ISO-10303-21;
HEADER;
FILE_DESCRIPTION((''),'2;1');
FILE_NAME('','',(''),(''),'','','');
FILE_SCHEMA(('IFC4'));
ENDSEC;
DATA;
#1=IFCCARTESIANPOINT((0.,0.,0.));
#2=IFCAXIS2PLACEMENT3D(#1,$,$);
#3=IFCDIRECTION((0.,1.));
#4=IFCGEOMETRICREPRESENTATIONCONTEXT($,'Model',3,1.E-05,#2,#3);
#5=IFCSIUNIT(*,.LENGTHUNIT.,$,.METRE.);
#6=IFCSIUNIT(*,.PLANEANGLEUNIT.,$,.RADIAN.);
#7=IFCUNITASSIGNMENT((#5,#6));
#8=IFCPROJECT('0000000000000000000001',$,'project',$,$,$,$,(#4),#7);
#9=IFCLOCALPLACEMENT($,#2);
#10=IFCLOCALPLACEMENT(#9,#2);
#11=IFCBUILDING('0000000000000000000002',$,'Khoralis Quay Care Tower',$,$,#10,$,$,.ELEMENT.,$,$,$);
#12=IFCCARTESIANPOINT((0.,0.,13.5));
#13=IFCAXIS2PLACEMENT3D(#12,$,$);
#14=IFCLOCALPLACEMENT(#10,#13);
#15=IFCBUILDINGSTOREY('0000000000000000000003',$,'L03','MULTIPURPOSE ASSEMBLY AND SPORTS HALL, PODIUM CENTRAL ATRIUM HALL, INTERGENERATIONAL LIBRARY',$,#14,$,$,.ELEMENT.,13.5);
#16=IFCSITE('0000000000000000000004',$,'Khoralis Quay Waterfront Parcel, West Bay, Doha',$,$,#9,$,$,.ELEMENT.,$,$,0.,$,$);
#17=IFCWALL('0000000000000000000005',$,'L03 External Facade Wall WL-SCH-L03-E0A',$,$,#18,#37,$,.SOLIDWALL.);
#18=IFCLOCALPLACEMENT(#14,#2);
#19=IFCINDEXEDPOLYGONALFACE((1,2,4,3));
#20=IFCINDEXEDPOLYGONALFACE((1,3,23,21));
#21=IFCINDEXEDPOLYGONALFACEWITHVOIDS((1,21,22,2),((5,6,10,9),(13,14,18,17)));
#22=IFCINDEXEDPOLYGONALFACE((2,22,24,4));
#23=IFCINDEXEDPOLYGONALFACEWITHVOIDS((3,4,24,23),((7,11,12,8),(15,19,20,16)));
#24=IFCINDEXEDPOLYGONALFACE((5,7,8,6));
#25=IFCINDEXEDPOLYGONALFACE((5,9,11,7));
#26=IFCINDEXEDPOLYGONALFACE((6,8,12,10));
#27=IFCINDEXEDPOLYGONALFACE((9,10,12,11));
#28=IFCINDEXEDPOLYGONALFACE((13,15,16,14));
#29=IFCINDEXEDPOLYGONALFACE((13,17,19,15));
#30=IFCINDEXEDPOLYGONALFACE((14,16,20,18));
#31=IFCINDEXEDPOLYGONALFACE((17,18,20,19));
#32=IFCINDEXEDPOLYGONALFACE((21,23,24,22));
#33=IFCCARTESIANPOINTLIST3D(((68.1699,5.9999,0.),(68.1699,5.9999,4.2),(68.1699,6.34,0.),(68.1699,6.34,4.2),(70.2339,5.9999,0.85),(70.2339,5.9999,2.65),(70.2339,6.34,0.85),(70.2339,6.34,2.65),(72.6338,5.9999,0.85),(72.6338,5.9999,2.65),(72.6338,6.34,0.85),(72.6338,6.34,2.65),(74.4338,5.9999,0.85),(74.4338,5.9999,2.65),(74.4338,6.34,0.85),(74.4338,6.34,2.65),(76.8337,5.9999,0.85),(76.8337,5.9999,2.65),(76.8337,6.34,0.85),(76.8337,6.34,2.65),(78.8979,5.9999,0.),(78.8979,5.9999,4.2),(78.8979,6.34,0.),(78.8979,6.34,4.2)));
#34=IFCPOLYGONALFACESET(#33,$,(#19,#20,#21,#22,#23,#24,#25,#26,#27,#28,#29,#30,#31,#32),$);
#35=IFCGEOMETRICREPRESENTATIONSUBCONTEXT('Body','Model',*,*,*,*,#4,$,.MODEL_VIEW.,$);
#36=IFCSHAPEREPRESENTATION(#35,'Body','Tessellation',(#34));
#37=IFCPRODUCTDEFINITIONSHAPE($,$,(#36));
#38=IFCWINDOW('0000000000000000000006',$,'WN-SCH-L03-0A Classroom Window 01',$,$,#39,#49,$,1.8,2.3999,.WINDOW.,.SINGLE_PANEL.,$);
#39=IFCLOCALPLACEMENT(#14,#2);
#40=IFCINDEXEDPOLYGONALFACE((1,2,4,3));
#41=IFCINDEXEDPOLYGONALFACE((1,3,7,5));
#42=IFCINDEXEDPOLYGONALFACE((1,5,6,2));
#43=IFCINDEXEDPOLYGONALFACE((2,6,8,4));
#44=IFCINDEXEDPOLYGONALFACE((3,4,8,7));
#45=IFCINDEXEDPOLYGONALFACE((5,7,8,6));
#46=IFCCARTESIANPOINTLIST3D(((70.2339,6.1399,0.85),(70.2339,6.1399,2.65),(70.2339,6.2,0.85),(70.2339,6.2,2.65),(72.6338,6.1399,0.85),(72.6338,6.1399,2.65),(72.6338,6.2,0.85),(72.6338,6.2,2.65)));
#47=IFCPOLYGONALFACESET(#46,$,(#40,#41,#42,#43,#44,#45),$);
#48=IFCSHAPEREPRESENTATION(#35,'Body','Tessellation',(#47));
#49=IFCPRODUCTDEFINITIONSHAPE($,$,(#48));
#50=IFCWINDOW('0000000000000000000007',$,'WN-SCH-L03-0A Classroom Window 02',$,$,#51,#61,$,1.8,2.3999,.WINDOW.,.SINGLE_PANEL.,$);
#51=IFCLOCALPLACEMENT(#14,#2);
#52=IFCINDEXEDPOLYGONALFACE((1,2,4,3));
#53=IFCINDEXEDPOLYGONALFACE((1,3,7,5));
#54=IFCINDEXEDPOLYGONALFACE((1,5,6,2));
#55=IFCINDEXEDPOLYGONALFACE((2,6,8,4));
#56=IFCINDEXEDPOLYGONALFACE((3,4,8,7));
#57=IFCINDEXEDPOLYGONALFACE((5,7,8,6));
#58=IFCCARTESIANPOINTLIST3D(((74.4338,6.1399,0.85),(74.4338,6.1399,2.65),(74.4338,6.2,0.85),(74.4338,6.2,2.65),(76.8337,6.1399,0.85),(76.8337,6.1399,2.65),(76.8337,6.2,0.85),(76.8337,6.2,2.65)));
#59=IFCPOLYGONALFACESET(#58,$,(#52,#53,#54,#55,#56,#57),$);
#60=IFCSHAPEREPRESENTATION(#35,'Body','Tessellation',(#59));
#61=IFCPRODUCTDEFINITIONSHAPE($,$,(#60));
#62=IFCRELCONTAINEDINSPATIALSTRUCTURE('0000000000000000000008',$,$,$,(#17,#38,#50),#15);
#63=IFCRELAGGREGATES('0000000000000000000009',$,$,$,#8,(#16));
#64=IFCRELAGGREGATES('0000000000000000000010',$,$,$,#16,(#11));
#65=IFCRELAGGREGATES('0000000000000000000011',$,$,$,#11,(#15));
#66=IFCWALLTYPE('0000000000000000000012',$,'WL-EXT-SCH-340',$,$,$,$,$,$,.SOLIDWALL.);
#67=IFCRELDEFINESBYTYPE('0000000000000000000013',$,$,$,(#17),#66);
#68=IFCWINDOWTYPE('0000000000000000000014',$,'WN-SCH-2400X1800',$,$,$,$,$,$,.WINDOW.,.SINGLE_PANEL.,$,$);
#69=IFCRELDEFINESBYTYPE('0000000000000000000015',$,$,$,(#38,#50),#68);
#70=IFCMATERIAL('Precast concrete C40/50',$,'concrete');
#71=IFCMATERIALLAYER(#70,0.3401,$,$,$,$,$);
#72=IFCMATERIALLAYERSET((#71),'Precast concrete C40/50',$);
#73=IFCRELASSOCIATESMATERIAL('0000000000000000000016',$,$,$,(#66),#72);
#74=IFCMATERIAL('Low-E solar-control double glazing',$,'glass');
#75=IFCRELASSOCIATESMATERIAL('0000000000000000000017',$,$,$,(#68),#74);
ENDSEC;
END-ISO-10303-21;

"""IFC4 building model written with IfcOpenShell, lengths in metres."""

from ifc_helpers import new_model, si_unit, direction, frame, frame_2d, origin, place, context, subcontext, project, spatial, rectangle, extrude, source, transform, mapped, material, layer, layer_set, type_object, element, fill, save


model = new_model("IFC4")

# Units and contexts
model_context = context("Model", 3, precision=1e-05, world=origin(), true_north=direction((0.0, 1.0)))
body_context = subcontext(model_context, "Body", "Model", "MODEL_VIEW")
ifc_project = project(units=[si_unit("LENGTHUNIT", "METRE"), si_unit("PLANEANGLEUNIT", "RADIAN")], contexts=[model_context])

# Site, building, storey
site_placement = place(None, origin())
site = spatial("IfcSite", under=ifc_project, at=site_placement, Name="Khoralis Quay Waterfront Parcel, West Bay, Doha", CompositionType="ELEMENT", RefElevation=0.0)
building_placement = place(site_placement, origin())
building = spatial("IfcBuilding", under=site, at=building_placement, Name="Khoralis Quay Care Tower", CompositionType="ELEMENT")
storey_placement = place(building_placement, frame((0.0, 0.0, 13.5)))
storey = spatial("IfcBuildingStorey", under=building, at=storey_placement, Name="L03", Description="MULTIPURPOSE ASSEMBLY AND SPORTS HALL, PODIUM CENTRAL ATRIUM HALL, INTERGENERATIONAL LIBRARY", CompositionType="ELEMENT", Elevation=13.5)

# Wall, openings, windows
ifc_material_1 = material(Name="Low-E solar-control double glazing", Category="glass")
ifc_material_2 = material(Name="Precast concrete C40/50", Category="concrete")
ifc_layer_1 = layer(ifc_material_2, 0.3401)
ifc_layer_set_1 = layer_set([ifc_layer_1], Name="Precast concrete C40/50")
wall_type_1 = type_object("IfcWallType", Name="WL-EXT-SCH-340", PredefinedType="SOLIDWALL", material=ifc_layer_set_1)
wall_1_placement = place(storey_placement, frame((68.1699, 6.1699, 0.0), z_axis=(0.0, 0.0, 1.0), x_axis=(1.0, 0.0, 0.0)))
wall_1 = element("IfcWall", 1, at=wall_1_placement, inside=storey, type_object=wall_type_1, Name="L03 External Facade Wall WL-SCH-L03-E0A", PredefinedType="SOLIDWALL", context=body_context, shape_type="SweptSolid", body=[
    extrude(rectangle(XDim=10.728, YDim=0.3401, at=frame_2d((5.364, 0.0))), origin(), (0.0, 0.0, 1.0), 4.2),
])
opening_1_placement = place(wall_1_placement, frame((2.064, 0.0, 0.8501)))
opening_1 = element("IfcOpeningElement", 2, at=opening_1_placement, cuts=wall_1, PredefinedType="OPENING", context=body_context, shape_type="SweptSolid", body=[
    extrude(rectangle(XDim=2.3999, YDim=1.8, at=frame_2d((1.2, 0.8999))), frame((0.0, 0.1802, 0.0), z_axis=(0.0, -1.0, 0.0), x_axis=(1.0, 0.0, 0.0)), (0.0, 0.0, 1.0), 0.3601),
])
opening_2_placement = place(wall_1_placement, frame((6.2639, 0.0, 0.8501)))
opening_2 = element("IfcOpeningElement", 3, at=opening_2_placement, cuts=wall_1, PredefinedType="OPENING", context=body_context, shape_type="SweptSolid", body=[
    extrude(rectangle(XDim=2.3999, YDim=1.8, at=frame_2d((1.2, 0.8999))), frame((0.0, 0.1802, 0.0), z_axis=(0.0, -1.0, 0.0), x_axis=(1.0, 0.0, 0.0)), (0.0, 0.0, 1.0), 0.3601),
])
window_type_1 = type_object("IfcWindowType", Name="WN-SCH-2400X1800", PartitioningType="SINGLE_PANEL", PredefinedType="WINDOW", material=ifc_material_1)
shared_shape_1 = source(origin(), body_context, "Body", "SweptSolid", [
    extrude(rectangle(XDim=2.3999, YDim=1.8, at=frame_2d((1.2, 0.8999))), frame((0.0, 0.03, 0.0), z_axis=(0.0, -1.0, 0.0), x_axis=(1.0, 0.0, 0.0)), (0.0, 0.0, 1.0), 0.0601),
])
window_1_placement = place(opening_1_placement, origin())
window_1 = element("IfcWindow", 4, at=window_1_placement, inside=storey, type_object=window_type_1, Name="WN-SCH-L03-0A Classroom Window 01", OverallHeight=1.8, OverallWidth=2.3999, PartitioningType="SINGLE_PANEL", PredefinedType="WINDOW", context=body_context, shape_type="MappedRepresentation", body=[
    mapped(shared_shape_1, transform((0.0, 0.0, 0.0), scale=1.0)),
])
fill(opening_1, window_1)
window_2_placement = place(opening_2_placement, origin())
window_2 = element("IfcWindow", 5, at=window_2_placement, inside=storey, type_object=window_type_1, Name="WN-SCH-L03-0A Classroom Window 02", OverallHeight=1.8, OverallWidth=2.3999, PartitioningType="SINGLE_PANEL", PredefinedType="WINDOW", context=body_context, shape_type="MappedRepresentation", body=[
    mapped(shared_shape_1, transform((0.0, 0.0, 0.0), scale=1.0)),
])
fill(opening_2, window_2)

save(model, "model.ifc")
